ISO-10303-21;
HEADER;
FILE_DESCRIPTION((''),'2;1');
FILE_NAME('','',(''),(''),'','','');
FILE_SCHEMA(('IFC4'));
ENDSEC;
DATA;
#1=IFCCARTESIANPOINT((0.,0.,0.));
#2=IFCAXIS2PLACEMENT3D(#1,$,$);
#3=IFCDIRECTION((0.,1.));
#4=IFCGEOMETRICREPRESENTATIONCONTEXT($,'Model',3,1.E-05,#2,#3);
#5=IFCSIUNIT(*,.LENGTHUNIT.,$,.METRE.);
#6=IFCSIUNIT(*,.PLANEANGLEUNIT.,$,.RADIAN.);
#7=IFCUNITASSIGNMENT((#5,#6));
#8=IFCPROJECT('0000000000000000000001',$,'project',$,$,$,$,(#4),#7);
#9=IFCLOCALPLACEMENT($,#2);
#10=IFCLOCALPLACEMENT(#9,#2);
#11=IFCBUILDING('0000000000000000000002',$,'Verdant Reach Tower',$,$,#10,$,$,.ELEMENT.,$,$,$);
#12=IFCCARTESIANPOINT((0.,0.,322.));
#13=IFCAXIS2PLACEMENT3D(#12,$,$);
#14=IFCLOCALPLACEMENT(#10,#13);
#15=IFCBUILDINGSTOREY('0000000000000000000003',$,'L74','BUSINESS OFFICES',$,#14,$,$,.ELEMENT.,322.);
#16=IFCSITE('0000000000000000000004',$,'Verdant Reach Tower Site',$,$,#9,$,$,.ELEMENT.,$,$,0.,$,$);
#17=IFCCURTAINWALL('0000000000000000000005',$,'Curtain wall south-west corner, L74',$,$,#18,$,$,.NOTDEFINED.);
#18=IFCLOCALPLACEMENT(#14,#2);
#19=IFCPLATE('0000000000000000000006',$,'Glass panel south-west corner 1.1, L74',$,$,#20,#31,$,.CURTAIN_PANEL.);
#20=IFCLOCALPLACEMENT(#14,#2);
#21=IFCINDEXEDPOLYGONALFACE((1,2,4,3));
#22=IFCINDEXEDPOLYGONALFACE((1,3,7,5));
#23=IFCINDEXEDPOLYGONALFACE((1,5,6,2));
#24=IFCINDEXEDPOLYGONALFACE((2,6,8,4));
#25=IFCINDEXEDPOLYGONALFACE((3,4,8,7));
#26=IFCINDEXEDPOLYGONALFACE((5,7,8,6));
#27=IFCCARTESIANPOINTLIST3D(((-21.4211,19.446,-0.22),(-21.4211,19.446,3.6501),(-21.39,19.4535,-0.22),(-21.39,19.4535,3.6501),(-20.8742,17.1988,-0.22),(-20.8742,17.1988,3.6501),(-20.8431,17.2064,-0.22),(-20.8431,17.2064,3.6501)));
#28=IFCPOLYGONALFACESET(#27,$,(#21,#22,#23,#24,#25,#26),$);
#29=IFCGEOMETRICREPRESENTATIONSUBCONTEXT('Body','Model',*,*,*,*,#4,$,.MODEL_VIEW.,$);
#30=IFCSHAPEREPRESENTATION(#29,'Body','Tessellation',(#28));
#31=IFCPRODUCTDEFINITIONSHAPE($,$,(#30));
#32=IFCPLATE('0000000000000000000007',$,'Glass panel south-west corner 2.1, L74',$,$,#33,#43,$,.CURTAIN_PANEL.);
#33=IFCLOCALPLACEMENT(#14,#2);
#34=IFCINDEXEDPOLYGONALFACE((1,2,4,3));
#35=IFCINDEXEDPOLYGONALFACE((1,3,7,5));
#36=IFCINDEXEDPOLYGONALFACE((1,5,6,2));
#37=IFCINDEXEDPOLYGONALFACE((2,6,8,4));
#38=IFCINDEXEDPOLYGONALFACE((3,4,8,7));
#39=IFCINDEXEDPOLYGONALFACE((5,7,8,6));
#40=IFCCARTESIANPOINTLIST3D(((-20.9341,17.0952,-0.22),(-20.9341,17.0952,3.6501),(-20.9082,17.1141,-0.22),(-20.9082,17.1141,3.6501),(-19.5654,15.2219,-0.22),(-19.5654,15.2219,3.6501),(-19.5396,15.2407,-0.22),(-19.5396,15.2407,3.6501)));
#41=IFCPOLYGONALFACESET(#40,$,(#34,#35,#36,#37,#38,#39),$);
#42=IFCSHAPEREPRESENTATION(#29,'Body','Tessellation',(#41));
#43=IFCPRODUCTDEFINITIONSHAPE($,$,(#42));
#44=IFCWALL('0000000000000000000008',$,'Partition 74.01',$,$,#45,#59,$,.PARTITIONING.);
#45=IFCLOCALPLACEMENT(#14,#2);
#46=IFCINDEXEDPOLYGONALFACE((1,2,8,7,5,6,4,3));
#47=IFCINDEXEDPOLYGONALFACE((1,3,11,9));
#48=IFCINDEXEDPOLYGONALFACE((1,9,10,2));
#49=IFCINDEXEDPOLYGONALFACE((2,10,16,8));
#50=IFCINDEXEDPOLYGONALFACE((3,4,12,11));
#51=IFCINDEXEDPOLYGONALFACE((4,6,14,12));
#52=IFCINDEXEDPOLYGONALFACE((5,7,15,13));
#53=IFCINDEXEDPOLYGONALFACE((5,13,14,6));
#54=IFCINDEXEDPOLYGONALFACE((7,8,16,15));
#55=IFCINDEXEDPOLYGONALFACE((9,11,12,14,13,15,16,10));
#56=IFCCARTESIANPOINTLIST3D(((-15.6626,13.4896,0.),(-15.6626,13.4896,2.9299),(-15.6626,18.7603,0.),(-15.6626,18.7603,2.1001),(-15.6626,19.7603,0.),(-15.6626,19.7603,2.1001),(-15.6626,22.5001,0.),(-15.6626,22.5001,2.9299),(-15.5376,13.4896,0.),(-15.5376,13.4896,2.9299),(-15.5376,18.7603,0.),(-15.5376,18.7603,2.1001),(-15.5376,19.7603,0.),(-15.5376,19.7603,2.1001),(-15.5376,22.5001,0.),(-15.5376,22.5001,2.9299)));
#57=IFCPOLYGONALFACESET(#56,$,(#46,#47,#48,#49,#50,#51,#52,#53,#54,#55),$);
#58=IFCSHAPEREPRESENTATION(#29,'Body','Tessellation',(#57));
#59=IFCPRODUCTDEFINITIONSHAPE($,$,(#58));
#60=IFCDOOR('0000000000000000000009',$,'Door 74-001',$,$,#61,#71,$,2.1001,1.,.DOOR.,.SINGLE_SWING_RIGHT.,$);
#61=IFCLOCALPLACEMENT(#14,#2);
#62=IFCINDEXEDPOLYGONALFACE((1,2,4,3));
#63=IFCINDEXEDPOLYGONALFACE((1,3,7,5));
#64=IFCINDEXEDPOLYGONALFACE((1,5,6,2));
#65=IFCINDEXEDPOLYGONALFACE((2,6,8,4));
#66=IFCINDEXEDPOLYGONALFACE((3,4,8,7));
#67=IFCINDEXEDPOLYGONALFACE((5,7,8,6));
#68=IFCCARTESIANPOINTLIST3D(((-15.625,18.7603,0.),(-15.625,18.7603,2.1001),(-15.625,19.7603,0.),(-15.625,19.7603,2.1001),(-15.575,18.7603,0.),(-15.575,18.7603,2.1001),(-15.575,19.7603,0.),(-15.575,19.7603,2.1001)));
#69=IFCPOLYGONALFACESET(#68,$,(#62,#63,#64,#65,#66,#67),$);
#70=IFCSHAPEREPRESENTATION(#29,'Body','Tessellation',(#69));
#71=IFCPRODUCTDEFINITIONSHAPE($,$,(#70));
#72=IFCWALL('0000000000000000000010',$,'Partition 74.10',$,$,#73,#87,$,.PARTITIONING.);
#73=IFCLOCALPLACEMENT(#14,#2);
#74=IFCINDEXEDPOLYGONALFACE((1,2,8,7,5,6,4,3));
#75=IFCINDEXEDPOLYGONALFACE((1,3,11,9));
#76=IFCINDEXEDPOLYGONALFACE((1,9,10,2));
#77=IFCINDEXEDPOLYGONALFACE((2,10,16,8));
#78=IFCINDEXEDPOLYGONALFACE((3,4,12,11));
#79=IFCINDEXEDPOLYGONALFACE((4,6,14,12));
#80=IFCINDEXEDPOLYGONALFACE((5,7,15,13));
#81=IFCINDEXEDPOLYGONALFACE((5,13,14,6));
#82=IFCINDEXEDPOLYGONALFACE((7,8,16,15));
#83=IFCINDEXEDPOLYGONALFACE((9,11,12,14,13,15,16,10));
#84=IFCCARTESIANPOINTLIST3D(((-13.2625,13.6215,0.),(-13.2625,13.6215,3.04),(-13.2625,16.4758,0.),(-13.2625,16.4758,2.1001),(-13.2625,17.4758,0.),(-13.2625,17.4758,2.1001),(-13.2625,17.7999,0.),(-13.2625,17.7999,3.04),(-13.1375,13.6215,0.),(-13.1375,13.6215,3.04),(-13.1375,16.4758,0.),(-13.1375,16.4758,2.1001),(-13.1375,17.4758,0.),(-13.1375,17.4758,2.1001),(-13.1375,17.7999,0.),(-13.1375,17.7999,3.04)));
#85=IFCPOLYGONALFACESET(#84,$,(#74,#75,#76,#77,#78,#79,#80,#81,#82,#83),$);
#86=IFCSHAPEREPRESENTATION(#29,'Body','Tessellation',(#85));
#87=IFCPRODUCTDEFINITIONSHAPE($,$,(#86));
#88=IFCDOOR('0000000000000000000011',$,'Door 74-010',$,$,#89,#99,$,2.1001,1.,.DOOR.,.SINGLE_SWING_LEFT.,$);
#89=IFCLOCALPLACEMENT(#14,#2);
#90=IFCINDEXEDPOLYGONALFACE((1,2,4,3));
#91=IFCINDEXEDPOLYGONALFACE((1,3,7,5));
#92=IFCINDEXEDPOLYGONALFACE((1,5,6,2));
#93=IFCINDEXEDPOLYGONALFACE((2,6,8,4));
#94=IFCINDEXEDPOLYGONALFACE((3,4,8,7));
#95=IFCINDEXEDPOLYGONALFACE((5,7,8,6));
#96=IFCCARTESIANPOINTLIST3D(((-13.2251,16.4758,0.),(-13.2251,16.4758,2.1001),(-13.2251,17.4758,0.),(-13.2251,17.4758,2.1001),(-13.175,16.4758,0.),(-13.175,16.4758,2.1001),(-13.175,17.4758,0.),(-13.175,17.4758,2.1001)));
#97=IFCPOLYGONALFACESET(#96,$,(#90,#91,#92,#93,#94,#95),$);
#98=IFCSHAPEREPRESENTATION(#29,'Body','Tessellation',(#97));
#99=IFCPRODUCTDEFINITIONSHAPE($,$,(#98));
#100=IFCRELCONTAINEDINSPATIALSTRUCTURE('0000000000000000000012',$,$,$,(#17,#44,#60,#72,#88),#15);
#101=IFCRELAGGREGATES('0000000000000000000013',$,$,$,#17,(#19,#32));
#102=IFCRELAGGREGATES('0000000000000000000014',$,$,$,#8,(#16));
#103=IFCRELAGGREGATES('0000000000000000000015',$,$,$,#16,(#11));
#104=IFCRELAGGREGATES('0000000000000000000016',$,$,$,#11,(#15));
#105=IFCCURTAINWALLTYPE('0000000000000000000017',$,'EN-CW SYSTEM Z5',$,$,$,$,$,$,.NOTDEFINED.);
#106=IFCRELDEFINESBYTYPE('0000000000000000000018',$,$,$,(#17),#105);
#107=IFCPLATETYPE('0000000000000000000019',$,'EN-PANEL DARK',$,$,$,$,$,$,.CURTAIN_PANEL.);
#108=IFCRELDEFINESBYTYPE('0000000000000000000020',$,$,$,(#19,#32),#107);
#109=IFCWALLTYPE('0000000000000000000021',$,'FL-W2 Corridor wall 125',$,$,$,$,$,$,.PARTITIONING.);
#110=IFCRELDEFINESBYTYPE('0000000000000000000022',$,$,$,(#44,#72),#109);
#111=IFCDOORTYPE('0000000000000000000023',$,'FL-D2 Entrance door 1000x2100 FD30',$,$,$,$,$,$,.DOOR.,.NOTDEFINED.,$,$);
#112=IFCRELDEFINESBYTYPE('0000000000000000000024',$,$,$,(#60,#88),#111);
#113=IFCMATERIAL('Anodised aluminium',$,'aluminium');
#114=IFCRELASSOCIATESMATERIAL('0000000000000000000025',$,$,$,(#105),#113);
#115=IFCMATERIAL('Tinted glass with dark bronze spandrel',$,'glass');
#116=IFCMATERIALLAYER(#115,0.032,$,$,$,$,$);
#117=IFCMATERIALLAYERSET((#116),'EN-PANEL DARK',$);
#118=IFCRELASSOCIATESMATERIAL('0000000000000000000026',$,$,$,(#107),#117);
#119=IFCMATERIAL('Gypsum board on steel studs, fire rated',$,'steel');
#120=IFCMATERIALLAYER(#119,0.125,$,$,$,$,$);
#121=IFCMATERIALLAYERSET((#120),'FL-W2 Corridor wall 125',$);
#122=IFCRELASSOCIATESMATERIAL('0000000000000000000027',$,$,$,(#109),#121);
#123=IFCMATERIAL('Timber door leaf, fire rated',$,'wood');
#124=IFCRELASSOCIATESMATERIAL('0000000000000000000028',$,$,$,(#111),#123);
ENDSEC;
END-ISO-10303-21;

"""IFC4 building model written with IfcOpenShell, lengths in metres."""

from ifc_helpers import new_model, si_unit, direction, frame, frame_2d, origin, origin_2d, place, context, subcontext, project, spatial, rectangle, extrude, material, layer, layer_set, type_object, element, fill, aggregate, save


model = new_model("IFC4")

# Units and contexts
model_context = context("Model", 3, precision=1e-05, world=origin(), true_north=direction((0.0, 1.0)))
body_context = subcontext(model_context, "Body", "Model", "MODEL_VIEW")
ifc_project = project(units=[si_unit("LENGTHUNIT", "METRE"), si_unit("PLANEANGLEUNIT", "RADIAN")], contexts=[model_context])

# Site, building, storey
site_placement = place(None, origin())
site = spatial("IfcSite", under=ifc_project, at=site_placement, Name="Verdant Reach Tower Site", CompositionType="ELEMENT", RefElevation=0.0)
building_placement = place(site_placement, origin())
building = spatial("IfcBuilding", under=site, at=building_placement, Name="Verdant Reach Tower", CompositionType="ELEMENT")
storey_placement = place(building_placement, frame((0.0, 0.0, 322.0)))
storey = spatial("IfcBuildingStorey", under=building, at=storey_placement, Name="L74", Description="BUSINESS OFFICES", CompositionType="ELEMENT", Elevation=322.0)

# Shared definitions
ifc_material_1 = material(Name="Anodised aluminium", Category="aluminium")
curtain_wall_type = type_object("IfcCurtainWallType", Name="EN-CW SYSTEM Z5", PredefinedType="NOTDEFINED", material=ifc_material_1)

# Curtain wall
curtain_wall_1_placement = place(storey_placement, origin())
curtain_wall_1 = element("IfcCurtainWall", 1, at=curtain_wall_1_placement, inside=storey, type_object=curtain_wall_type, Name="Curtain wall south-west corner, L74", PredefinedType="NOTDEFINED")

# Plates
ifc_material_2 = material(Name="Tinted glass with dark bronze spandrel", Category="glass")
ifc_layer_1 = layer(ifc_material_2, 0.032)
ifc_layer_set_1 = layer_set([ifc_layer_1], Name="EN-PANEL DARK")
plate_type_1 = type_object("IfcPlateType", Name="EN-PANEL DARK", PredefinedType="CURTAIN_PANEL", material=ifc_layer_set_1)
plate_1_placement = place(storey_placement, frame((-21.1321, 18.3262, -0.22), z_axis=(0.0, 0.0, 1.0), x_axis=(0.236471, -0.971638, 0.0)))
plate_1 = element("IfcPlate", 2, at=plate_1_placement, type_object=plate_type_1, Name="Glass panel south-west corner 1.1, L74", PredefinedType="CURTAIN_PANEL", context=body_context, shape_type="SweptSolid", body=[
    extrude(rectangle(XDim=2.3127, YDim=0.032, at=origin_2d()), origin(), (0.0, 0.0, 1.0), 3.8701),
])
plate_2_placement = place(storey_placement, frame((-20.2368, 16.168, -0.22), z_axis=(0.0, 0.0, 1.0), x_axis=(0.589927, -0.807457, 0.0)))
plate_2 = element("IfcPlate", 3, at=plate_2_placement, type_object=plate_type_1, Name="Glass panel south-west corner 2.1, L74", PredefinedType="CURTAIN_PANEL", context=body_context, shape_type="SweptSolid", body=[
    extrude(rectangle(XDim=2.3201, YDim=0.032, at=origin_2d()), origin(), (0.0, 0.0, 1.0), 3.8701),
])
aggregate(curtain_wall_1, [plate_1, plate_2])

# Walls, openings, doors
ifc_material_3 = material(Name="Gypsum board on steel studs, fire rated", Category="steel")
ifc_layer_2 = layer(ifc_material_3, 0.125)
ifc_layer_set_2 = layer_set([ifc_layer_2], Name="FL-W2 Corridor wall 125")
wall_type = type_object("IfcWallType", Name="FL-W2 Corridor wall 125", PredefinedType="PARTITIONING", material=ifc_layer_set_2)
wall_1_placement = place(storey_placement, frame((-15.6001, 13.4895, 0.0), z_axis=(0.0, 0.0, 1.0), x_axis=(0.0, 1.0, 0.0)))
wall_1 = element("IfcWall", 4, at=wall_1_placement, inside=storey, type_object=wall_type, Name="Partition 74.01", PredefinedType="PARTITIONING", context=body_context, shape_type="SweptSolid", body=[
    extrude(rectangle(XDim=9.0105, YDim=0.125, at=frame_2d((4.5054, 0.0))), origin(), (0.0, 0.0, 1.0), 2.9299),
])
opening_1_placement = place(wall_1_placement, frame((5.2708, 0.0, 0.0)))
opening_1 = element("IfcOpeningElement", 5, at=opening_1_placement, cuts=wall_1, PredefinedType="OPENING", context=body_context, shape_type="SweptSolid", body=[
    extrude(rectangle(XDim=1.0, YDim=2.1001, at=frame_2d((0.5, 1.05))), frame((0.0, 0.0725, 0.0), z_axis=(0.0, -1.0, 0.0), x_axis=(1.0, 0.0, 0.0)), (0.0, 0.0, 1.0), 0.145),
])
ifc_material_4 = material(Name="Timber door leaf, fire rated", Category="wood")
door_type = type_object("IfcDoorType", Name="FL-D2 Entrance door 1000x2100 FD30", OperationType="NOTDEFINED", PredefinedType="DOOR", material=ifc_material_4)
door_1_placement = place(opening_1_placement, origin())
door_1 = element("IfcDoor", 6, at=door_1_placement, inside=storey, type_object=door_type, Name="Door 74-001", OperationType="SINGLE_SWING_RIGHT", OverallHeight=2.1001, OverallWidth=1.0, PredefinedType="DOOR", context=body_context, shape_type="SweptSolid", body=[
    extrude(rectangle(XDim=1.0, YDim=2.1001, at=frame_2d((0.5, 1.05))), frame((0.0, 0.0249, 0.0), z_axis=(0.0, -1.0, 0.0), x_axis=(1.0, 0.0, 0.0)), (0.0, 0.0, 1.0), 0.05),
])
fill(opening_1, door_1)
wall_2_placement = place(storey_placement, frame((-13.2, 17.8, 0.0), z_axis=(0.0, 0.0, 1.0), x_axis=(0.0, -1.0, 0.0)))
wall_2 = element("IfcWall", 7, at=wall_2_placement, inside=storey, type_object=wall_type, Name="Partition 74.10", PredefinedType="PARTITIONING", context=body_context, shape_type="SweptSolid", body=[
    extrude(rectangle(XDim=4.1785, YDim=0.125, at=frame_2d((2.0894, 0.0))), origin(), (0.0, 0.0, 1.0), 3.04),
])
opening_2_placement = place(wall_2_placement, frame((0.3242, 0.0, 0.0)))
opening_2 = element("IfcOpeningElement", 8, at=opening_2_placement, cuts=wall_2, PredefinedType="OPENING", context=body_context, shape_type="SweptSolid", body=[
    extrude(rectangle(XDim=1.0, YDim=2.1001, at=frame_2d((0.5, 1.05))), frame((0.0, 0.0725, 0.0), z_axis=(0.0, -1.0, 0.0), x_axis=(1.0, 0.0, 0.0)), (0.0, 0.0, 1.0), 0.145),
])
door_2_placement = place(opening_2_placement, origin())
door_2 = element("IfcDoor", 9, at=door_2_placement, inside=storey, type_object=door_type, Name="Door 74-010", OperationType="SINGLE_SWING_LEFT", OverallHeight=2.1001, OverallWidth=1.0, PredefinedType="DOOR", context=body_context, shape_type="SweptSolid", body=[
    extrude(rectangle(XDim=1.0, YDim=2.1001, at=frame_2d((0.5, 1.05))), frame((0.0, 0.0249, 0.0), z_axis=(0.0, -1.0, 0.0), x_axis=(1.0, 0.0, 0.0)), (0.0, 0.0, 1.0), 0.05),
])
fill(opening_2, door_2)

save(model, "model.ifc")
